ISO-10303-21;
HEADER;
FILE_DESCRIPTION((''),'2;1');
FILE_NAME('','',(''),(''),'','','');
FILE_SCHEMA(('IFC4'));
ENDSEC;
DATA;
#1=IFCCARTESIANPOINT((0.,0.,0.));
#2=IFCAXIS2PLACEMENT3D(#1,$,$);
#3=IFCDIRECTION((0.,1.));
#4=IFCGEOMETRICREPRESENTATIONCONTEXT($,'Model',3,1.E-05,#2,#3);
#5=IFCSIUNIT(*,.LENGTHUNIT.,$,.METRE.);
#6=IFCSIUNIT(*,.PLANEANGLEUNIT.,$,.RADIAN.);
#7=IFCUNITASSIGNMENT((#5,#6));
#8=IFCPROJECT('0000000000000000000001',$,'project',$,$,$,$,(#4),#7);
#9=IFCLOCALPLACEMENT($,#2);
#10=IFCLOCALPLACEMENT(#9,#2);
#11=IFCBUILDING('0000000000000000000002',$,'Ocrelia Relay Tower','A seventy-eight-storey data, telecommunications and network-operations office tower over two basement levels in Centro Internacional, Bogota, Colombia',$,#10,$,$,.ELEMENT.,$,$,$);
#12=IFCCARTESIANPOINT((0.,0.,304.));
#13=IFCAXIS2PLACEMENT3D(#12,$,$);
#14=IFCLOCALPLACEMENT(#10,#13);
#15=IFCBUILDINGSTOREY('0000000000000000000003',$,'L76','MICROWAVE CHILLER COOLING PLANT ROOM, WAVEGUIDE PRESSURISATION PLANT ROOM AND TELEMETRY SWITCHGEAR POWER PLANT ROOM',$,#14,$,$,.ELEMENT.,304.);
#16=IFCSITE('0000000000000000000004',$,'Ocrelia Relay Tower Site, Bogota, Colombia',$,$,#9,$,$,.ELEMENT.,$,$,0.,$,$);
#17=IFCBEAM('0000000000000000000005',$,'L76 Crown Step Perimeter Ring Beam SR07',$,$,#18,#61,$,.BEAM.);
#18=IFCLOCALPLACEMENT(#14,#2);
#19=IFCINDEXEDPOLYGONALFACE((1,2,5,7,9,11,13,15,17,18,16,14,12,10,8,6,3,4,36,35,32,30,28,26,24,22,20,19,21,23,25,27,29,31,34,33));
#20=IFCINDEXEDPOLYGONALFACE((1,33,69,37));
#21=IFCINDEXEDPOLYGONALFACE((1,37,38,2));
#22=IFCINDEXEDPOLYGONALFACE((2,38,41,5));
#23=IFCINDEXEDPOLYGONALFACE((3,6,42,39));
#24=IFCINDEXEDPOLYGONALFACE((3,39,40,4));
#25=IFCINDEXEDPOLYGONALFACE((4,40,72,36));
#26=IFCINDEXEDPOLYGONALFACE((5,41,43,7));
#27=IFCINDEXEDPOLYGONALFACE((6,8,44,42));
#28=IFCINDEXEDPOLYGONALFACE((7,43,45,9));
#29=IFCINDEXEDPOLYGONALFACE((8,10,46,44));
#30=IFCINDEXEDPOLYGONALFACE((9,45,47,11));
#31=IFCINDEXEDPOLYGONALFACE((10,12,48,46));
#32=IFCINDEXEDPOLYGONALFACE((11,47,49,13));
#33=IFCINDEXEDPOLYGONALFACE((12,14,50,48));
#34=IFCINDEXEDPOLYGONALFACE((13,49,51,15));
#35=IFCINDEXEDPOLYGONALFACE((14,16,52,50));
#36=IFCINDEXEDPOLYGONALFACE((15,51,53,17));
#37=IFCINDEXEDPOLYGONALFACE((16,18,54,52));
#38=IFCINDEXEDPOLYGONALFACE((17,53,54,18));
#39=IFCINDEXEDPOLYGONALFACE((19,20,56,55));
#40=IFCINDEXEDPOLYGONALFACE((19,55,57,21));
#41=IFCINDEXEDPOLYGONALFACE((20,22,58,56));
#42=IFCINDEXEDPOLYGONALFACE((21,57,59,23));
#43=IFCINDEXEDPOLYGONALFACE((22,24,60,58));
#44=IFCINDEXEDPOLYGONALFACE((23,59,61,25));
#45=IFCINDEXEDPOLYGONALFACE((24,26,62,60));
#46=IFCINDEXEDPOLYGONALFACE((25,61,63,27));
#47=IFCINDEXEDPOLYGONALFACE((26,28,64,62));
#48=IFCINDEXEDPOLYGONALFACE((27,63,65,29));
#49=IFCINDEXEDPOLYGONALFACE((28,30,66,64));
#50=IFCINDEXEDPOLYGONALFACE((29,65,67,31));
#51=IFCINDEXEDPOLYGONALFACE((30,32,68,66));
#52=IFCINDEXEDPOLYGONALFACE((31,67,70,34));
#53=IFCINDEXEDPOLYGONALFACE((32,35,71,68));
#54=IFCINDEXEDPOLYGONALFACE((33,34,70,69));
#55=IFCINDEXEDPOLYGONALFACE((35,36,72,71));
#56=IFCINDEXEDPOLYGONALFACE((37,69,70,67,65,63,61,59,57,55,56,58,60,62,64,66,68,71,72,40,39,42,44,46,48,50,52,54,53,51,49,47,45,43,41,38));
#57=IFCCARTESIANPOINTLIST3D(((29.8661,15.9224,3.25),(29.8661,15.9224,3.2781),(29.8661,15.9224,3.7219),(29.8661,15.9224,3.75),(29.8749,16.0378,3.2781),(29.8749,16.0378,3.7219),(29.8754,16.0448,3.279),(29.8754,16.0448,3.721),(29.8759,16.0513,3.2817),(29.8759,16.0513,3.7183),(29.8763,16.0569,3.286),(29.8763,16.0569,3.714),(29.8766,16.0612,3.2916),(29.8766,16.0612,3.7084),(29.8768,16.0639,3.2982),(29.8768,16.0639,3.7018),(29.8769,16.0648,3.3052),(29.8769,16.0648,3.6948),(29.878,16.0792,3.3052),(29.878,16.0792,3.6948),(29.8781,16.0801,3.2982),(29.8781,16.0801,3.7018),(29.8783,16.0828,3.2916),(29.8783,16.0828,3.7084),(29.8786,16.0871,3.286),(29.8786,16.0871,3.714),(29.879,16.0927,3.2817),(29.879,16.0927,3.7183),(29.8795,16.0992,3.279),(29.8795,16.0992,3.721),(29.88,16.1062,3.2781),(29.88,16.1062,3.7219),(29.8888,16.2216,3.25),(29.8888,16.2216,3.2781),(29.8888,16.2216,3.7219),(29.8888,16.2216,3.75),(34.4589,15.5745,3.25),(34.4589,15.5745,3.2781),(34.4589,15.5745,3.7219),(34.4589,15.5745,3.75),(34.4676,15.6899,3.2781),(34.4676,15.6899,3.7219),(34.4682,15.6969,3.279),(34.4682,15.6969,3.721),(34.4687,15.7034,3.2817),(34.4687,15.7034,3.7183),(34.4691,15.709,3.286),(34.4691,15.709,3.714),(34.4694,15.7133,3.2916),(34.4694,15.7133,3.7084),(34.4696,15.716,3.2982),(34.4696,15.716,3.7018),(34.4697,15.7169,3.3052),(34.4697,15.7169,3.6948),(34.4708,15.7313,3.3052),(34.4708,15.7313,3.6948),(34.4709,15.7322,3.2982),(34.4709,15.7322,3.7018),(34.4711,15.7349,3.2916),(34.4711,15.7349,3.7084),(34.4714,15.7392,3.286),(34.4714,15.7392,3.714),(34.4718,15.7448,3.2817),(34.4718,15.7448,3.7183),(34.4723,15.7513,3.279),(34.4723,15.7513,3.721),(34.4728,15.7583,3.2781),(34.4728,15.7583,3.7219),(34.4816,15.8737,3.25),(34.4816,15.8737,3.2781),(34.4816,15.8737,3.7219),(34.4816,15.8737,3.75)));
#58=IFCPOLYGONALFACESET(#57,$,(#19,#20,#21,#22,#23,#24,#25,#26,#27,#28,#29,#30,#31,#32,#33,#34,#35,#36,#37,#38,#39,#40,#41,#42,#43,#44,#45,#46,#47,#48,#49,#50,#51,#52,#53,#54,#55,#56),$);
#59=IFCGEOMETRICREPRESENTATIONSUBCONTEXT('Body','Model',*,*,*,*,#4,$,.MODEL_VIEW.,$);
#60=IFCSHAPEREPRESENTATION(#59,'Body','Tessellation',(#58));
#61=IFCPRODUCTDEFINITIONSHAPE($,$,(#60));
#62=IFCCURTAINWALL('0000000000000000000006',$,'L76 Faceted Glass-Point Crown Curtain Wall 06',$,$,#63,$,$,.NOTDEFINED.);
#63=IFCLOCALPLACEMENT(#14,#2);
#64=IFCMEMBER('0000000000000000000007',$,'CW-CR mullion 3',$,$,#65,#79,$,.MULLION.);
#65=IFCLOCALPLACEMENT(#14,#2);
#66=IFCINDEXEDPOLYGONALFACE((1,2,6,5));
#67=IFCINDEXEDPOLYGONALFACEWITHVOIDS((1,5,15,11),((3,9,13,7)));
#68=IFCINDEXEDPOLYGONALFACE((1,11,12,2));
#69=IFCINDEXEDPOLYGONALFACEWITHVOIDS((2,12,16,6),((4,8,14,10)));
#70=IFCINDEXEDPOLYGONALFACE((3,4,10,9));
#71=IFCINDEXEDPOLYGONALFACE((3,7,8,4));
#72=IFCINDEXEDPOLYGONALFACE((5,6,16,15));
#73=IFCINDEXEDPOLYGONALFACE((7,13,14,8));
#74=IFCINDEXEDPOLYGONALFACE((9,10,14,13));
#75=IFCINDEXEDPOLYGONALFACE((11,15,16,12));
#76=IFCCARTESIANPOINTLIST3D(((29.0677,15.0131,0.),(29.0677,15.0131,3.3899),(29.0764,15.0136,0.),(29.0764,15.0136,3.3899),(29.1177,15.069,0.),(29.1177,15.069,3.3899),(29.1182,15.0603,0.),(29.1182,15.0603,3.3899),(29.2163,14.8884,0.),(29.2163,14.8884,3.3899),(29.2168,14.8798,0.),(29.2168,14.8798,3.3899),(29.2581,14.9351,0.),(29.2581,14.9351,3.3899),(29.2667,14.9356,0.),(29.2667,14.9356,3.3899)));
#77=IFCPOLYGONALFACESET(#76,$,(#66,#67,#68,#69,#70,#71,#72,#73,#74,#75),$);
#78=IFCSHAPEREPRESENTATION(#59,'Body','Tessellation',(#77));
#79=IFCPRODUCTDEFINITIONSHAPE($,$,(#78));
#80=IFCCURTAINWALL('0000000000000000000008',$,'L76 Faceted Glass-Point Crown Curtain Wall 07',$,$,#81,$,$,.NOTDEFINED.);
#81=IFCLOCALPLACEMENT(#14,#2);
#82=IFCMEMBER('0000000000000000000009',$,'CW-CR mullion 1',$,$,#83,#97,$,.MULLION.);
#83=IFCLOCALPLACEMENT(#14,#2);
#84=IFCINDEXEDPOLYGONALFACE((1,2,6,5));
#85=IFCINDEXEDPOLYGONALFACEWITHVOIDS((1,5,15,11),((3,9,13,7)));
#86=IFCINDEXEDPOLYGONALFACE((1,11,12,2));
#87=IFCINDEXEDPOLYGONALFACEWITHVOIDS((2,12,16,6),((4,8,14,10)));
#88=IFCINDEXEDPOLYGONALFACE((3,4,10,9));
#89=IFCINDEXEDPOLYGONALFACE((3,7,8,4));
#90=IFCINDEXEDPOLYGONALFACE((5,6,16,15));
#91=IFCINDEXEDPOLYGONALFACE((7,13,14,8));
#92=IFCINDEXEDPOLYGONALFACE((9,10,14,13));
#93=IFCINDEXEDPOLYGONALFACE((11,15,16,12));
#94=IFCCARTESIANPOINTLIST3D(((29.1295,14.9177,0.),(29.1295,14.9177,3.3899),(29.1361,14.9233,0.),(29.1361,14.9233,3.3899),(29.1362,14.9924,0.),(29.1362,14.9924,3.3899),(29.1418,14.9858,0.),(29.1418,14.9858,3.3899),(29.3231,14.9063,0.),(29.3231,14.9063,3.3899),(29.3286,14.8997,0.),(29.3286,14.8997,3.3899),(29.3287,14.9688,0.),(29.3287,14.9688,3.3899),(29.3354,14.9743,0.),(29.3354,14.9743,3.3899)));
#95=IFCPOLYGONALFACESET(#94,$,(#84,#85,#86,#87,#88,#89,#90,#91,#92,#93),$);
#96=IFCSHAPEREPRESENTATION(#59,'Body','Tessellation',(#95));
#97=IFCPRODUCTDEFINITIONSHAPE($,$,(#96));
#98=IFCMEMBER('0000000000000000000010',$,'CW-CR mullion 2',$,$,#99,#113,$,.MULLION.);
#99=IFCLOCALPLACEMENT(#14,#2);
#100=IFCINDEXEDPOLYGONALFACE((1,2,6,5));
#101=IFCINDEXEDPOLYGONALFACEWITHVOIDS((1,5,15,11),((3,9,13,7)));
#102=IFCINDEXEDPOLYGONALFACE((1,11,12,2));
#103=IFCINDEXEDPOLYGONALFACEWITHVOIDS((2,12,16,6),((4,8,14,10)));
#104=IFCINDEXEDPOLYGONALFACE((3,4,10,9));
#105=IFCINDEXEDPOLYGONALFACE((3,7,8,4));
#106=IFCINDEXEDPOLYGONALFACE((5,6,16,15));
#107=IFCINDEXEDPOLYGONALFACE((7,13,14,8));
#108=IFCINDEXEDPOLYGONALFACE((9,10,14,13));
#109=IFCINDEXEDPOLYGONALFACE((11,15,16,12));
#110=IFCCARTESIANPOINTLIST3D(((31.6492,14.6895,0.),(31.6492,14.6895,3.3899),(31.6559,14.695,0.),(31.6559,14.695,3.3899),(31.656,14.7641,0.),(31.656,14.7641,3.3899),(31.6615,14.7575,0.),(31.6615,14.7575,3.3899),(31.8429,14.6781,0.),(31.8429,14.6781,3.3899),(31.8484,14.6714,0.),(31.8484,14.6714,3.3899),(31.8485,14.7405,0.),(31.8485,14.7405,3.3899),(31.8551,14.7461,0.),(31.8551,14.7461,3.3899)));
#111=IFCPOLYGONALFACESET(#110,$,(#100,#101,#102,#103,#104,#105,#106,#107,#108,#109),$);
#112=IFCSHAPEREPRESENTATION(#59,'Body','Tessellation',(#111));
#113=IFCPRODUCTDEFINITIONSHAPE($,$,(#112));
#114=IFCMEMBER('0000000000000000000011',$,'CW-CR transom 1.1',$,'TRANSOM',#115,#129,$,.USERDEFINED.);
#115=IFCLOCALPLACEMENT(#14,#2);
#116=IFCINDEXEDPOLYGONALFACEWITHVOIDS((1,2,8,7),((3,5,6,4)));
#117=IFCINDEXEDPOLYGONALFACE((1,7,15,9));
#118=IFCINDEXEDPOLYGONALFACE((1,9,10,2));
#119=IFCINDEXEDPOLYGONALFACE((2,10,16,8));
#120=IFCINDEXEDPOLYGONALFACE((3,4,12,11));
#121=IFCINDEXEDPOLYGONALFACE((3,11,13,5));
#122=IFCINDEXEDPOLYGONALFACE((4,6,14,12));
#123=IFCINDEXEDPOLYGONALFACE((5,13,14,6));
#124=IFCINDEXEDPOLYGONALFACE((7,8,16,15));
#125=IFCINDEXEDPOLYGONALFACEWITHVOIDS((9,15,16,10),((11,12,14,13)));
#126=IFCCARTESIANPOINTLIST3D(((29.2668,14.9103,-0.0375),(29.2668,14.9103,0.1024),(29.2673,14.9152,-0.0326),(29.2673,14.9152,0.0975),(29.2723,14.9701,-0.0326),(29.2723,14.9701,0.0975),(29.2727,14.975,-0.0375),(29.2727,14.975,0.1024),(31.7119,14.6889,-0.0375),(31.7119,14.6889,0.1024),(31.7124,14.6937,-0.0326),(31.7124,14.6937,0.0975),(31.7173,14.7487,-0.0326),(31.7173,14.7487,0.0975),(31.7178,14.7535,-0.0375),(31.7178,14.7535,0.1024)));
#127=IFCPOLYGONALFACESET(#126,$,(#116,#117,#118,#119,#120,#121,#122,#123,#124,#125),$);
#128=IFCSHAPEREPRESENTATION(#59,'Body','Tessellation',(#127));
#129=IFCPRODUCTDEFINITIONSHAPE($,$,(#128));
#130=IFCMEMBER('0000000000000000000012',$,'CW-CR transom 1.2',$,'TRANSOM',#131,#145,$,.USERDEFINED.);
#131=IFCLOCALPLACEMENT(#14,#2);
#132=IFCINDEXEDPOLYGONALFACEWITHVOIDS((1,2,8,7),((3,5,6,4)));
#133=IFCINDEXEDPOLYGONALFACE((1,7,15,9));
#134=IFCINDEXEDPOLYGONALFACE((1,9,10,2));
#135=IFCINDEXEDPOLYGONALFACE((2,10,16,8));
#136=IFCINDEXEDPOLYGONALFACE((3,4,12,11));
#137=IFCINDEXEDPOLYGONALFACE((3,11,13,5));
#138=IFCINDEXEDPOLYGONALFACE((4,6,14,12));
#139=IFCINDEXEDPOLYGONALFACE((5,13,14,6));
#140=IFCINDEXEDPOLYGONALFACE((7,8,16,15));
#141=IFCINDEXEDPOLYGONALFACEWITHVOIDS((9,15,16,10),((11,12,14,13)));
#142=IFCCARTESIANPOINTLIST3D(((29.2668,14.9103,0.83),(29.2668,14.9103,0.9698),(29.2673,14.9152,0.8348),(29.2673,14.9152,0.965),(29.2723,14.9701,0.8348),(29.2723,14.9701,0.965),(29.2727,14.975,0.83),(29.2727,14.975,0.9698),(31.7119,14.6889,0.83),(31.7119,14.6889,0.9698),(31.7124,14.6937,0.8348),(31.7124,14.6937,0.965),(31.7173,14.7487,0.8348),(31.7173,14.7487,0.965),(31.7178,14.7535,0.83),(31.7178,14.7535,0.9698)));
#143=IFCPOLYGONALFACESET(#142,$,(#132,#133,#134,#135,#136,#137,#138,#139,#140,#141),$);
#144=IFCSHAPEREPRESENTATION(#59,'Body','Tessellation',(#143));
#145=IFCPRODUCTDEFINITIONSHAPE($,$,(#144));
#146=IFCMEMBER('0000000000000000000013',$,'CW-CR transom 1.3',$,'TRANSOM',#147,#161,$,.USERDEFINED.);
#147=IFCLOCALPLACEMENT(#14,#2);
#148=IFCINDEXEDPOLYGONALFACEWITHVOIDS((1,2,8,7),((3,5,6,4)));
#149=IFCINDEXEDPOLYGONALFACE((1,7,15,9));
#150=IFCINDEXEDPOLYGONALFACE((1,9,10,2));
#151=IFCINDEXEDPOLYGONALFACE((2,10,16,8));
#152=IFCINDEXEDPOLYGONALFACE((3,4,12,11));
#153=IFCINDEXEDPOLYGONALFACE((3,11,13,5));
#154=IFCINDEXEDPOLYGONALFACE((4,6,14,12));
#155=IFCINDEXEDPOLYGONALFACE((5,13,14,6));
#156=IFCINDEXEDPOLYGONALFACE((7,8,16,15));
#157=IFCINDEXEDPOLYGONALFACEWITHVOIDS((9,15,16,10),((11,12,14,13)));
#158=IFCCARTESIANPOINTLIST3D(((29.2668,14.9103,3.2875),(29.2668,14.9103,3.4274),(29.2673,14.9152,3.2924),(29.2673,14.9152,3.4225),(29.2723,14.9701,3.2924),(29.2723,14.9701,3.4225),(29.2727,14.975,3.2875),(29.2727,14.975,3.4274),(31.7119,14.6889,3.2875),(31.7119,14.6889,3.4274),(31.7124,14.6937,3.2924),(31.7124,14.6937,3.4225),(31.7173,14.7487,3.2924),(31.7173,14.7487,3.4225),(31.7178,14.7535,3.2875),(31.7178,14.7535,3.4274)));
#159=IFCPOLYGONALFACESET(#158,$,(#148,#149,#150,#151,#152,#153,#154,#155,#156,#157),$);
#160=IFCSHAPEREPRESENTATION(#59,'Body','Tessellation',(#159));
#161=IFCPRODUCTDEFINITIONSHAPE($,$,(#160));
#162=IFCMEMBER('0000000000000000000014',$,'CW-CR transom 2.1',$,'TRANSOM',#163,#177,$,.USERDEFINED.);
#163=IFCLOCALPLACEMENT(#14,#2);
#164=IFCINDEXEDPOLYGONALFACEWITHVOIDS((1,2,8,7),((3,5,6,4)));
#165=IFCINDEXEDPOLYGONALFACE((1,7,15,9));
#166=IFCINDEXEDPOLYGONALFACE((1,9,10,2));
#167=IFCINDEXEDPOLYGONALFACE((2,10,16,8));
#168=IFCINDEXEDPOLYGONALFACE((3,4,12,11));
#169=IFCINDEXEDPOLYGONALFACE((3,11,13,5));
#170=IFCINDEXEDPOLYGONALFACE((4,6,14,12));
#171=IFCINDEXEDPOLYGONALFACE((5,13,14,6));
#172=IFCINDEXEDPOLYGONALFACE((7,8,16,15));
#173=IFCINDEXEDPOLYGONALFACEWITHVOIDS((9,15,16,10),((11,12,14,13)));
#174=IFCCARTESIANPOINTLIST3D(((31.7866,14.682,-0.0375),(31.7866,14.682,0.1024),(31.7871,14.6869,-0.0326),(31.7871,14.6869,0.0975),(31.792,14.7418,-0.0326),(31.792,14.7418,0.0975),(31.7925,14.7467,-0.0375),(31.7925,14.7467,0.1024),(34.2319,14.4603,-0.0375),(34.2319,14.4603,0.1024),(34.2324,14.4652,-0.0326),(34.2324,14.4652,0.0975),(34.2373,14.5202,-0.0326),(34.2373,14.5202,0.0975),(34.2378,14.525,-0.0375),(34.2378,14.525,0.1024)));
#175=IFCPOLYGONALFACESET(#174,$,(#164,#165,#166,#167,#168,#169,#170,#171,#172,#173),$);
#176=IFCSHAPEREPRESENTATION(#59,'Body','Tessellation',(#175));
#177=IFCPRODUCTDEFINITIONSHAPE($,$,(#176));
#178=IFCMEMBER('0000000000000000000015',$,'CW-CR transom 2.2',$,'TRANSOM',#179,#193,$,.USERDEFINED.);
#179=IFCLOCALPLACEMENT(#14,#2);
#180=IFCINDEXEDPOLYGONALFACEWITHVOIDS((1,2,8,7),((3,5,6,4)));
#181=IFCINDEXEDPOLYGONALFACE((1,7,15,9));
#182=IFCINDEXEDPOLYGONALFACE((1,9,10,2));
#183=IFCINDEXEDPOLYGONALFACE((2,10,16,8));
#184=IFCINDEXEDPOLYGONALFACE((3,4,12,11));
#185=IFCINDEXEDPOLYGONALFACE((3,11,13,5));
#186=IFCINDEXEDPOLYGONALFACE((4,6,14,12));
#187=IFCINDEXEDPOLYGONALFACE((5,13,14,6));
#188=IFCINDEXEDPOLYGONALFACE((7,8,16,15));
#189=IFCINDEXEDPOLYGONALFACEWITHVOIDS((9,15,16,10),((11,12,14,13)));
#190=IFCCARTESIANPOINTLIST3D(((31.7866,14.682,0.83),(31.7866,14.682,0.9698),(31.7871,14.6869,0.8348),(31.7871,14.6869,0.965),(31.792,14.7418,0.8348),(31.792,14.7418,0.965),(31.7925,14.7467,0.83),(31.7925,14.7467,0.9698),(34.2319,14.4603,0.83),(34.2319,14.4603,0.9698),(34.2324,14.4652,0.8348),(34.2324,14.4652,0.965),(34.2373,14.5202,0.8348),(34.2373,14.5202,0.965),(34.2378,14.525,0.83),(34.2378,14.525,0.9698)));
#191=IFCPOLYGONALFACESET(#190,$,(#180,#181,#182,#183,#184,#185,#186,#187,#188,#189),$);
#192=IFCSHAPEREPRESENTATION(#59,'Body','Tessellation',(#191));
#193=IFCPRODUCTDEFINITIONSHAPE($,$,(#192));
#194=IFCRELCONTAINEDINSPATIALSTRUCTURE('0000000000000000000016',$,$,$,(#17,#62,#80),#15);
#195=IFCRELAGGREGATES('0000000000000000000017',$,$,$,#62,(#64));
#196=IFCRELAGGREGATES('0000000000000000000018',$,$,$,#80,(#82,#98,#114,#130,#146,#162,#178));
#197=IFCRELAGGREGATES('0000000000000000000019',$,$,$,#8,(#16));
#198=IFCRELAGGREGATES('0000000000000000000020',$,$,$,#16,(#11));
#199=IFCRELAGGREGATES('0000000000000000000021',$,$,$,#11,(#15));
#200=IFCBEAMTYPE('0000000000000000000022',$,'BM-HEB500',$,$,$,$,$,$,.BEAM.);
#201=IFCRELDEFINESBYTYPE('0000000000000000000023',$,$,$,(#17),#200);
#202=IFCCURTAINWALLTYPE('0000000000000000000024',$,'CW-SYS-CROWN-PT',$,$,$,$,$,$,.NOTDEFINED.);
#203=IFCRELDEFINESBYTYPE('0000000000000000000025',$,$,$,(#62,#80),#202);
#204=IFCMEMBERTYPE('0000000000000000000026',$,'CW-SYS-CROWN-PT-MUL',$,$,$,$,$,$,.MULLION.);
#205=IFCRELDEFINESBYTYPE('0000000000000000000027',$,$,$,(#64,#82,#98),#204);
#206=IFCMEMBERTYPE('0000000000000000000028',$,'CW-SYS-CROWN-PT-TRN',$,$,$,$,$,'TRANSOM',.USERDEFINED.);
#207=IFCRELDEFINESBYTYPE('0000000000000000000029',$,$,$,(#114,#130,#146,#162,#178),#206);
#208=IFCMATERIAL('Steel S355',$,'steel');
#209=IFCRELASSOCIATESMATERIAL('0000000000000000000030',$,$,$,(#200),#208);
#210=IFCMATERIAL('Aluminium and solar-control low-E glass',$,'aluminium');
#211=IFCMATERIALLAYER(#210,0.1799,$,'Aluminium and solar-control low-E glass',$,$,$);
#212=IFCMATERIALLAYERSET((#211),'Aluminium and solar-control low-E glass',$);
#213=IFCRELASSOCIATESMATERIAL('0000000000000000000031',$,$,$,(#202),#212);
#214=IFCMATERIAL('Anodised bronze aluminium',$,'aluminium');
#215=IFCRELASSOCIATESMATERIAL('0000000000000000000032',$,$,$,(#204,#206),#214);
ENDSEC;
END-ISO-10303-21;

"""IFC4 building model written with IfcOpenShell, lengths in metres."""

from ifc_helpers import new_model, si_unit, direction, frame, origin, origin_2d, place, context, subcontext, project, spatial, hollow_rectangle, i_section, extrude, material, layer, layer_set, material_profile, profile_set, type_object, element, aggregate, save


model = new_model("IFC4")

# Units and contexts
model_context = context("Model", 3, precision=1e-05, world=origin(), true_north=direction((0.0, 1.0)))
body_context = subcontext(model_context, "Body", "Model", "MODEL_VIEW")
ifc_project = project(units=[si_unit("LENGTHUNIT", "METRE"), si_unit("PLANEANGLEUNIT", "RADIAN")], contexts=[model_context])

# Site, building, storey
site_placement = place(None, origin())
site = spatial("IfcSite", under=ifc_project, at=site_placement, Name="Ocrelia Relay Tower Site, Bogota, Colombia", CompositionType="ELEMENT", RefElevation=0.0)
building_placement = place(site_placement, origin())
building = spatial("IfcBuilding", under=site, at=building_placement, Name="Ocrelia Relay Tower", Description="A seventy-eight-storey data, telecommunications and network-operations office tower over two basement levels in Centro Internacional, Bogota, Colombia", CompositionType="ELEMENT")
storey_placement = place(building_placement, frame((0.0, 0.0, 304.0)))
storey = spatial("IfcBuildingStorey", under=building, at=storey_placement, Name="L76", Description="MICROWAVE CHILLER COOLING PLANT ROOM, WAVEGUIDE PRESSURISATION PLANT ROOM AND TELEMETRY SWITCHGEAR POWER PLANT ROOM", CompositionType="ELEMENT", Elevation=304.0)

# Beam
ifc_material_1 = material(Name="Steel S355", Category="steel")
ifc_material_profile_1 = material_profile(ifc_material_1, i_section(OverallWidth=0.3, OverallDepth=0.5, WebThickness=0.0144, FlangeThickness=0.0281, FilletRadius=0.0271, at=origin_2d()), Name="HEB 500")
ifc_profile_set_1 = profile_set([ifc_material_profile_1], Name="Steel S355")
beam_type_1 = type_object("IfcBeamType", Name="BM-HEB500", PredefinedType="BEAM", material=ifc_profile_set_1)
beam_1_placement = place(storey_placement, frame((29.8774, 16.072, 3.5), z_axis=(0.997143, -0.075533, 0.0), x_axis=(0.075533, 0.997143, 0.0)))
element("IfcBeam", 1, at=beam_1_placement, inside=storey, type_object=beam_type_1, Name="L76 Crown Step Perimeter Ring Beam SR07", PredefinedType="BEAM", context=body_context, shape_type="SweptSolid", body=[
    extrude(i_section(OverallWidth=0.3, OverallDepth=0.5, WebThickness=0.0144, FlangeThickness=0.0281, FilletRadius=0.0271, at=origin_2d()), origin(), (0.0, 0.0, 1.0), 4.606),
])

# Curtain wall, member
ifc_material_2 = material(Name="Aluminium and solar-control low-E glass", Category="aluminium")
ifc_layer_1 = layer(ifc_material_2, 0.1799, Name="Aluminium and solar-control low-E glass")
ifc_layer_set_1 = layer_set([ifc_layer_1], Name="Aluminium and solar-control low-E glass")
curtain_wall_type = type_object("IfcCurtainWallType", Name="CW-SYS-CROWN-PT", PredefinedType="NOTDEFINED", material=ifc_layer_set_1)
curtain_wall_1_placement = place(storey_placement, origin())
curtain_wall_1 = element("IfcCurtainWall", 2, at=curtain_wall_1_placement, inside=storey, type_object=curtain_wall_type, Name="L76 Faceted Glass-Point Crown Curtain Wall 06", PredefinedType="NOTDEFINED")
ifc_material_3 = material(Name="Anodised bronze aluminium", Category="aluminium")
ifc_material_profile_2 = material_profile(ifc_material_3, hollow_rectangle(XDim=0.075, YDim=0.2, WallThickness=0.0061, at=origin_2d()), Name="CW-MUL-200x75")
ifc_profile_set_2 = profile_set([ifc_material_profile_2], Name="Anodised bronze aluminium")
member_type_1 = type_object("IfcMemberType", Name="CW-SYS-CROWN-PT-MUL", PredefinedType="MULLION", material=ifc_profile_set_2)
member_1_placement = place(storey_placement, frame((29.1672, 14.9744, 0.0), z_axis=(0.0, 0.0, 1.0), x_axis=(0.666821, 0.745218, 0.0)))
member_1 = element("IfcMember", 3, at=member_1_placement, type_object=member_type_1, Name="CW-CR mullion 3", PredefinedType="MULLION", context=body_context, shape_type="SweptSolid", body=[
    extrude(hollow_rectangle(XDim=0.075, YDim=0.2, WallThickness=0.0061, at=origin_2d()), origin(), (0.0, 0.0, 1.0), 3.3899),
])

# Curtain wall, members
curtain_wall_2_placement = place(storey_placement, origin())
curtain_wall_2 = element("IfcCurtainWall", 4, at=curtain_wall_2_placement, inside=storey, type_object=curtain_wall_type, Name="L76 Faceted Glass-Point Crown Curtain Wall 07", PredefinedType="NOTDEFINED")
member_2_placement = place(storey_placement, frame((29.2324, 14.946, 0.0), z_axis=(0.0, 0.0, 1.0), x_axis=(0.090237, 0.99592, 0.0)))
member_2 = element("IfcMember", 5, at=member_2_placement, type_object=member_type_1, Name="CW-CR mullion 1", PredefinedType="MULLION", context=body_context, shape_type="SweptSolid", body=[
    extrude(hollow_rectangle(XDim=0.075, YDim=0.2, WallThickness=0.0061, at=origin_2d()), origin(), (0.0, 0.0, 1.0), 3.3899),
])
member_3_placement = place(storey_placement, frame((31.7522, 14.7178, 0.0), z_axis=(0.0, 0.0, 1.0), x_axis=(0.090237, 0.99592, 0.0)))
member_3 = element("IfcMember", 6, at=member_3_placement, type_object=member_type_1, Name="CW-CR mullion 2", PredefinedType="MULLION", context=body_context, shape_type="SweptSolid", body=[
    extrude(hollow_rectangle(XDim=0.075, YDim=0.2, WallThickness=0.0061, at=origin_2d()), origin(), (0.0, 0.0, 1.0), 3.3899),
])
ifc_material_profile_3 = material_profile(ifc_material_3, hollow_rectangle(XDim=0.0649, YDim=0.1399, WallThickness=0.0049, at=origin_2d()), Name="CW-TRN-140x65")
ifc_profile_set_3 = profile_set([ifc_material_profile_3], Name="Anodised bronze aluminium")
member_type_2 = type_object("IfcMemberType", Name="CW-SYS-CROWN-PT-TRN", ElementType="TRANSOM", PredefinedType="USERDEFINED", material=ifc_profile_set_3)
member_4_placement = place(storey_placement, frame((29.2698, 14.9426, 0.0325), z_axis=(0.995924, -0.090195, 0.0), x_axis=(0.090195, 0.995924, 0.0)))
member_4 = element("IfcMember", 7, at=member_4_placement, type_object=member_type_2, Name="CW-CR transom 1.1", ObjectType="TRANSOM", PredefinedType="USERDEFINED", context=body_context, shape_type="SweptSolid", body=[
    extrude(hollow_rectangle(XDim=0.0649, YDim=0.1399, WallThickness=0.0049, at=origin_2d()), origin(), (0.0, 0.0, 1.0), 2.4551),
])
member_5_placement = place(storey_placement, frame((29.2698, 14.9426, 0.8999), z_axis=(0.995924, -0.090195, 0.0), x_axis=(0.090195, 0.995924, 0.0)))
member_5 = element("IfcMember", 8, at=member_5_placement, type_object=member_type_2, Name="CW-CR transom 1.2", ObjectType="TRANSOM", PredefinedType="USERDEFINED", context=body_context, shape_type="SweptSolid", body=[
    extrude(hollow_rectangle(XDim=0.0649, YDim=0.1399, WallThickness=0.0049, at=origin_2d()), origin(), (0.0, 0.0, 1.0), 2.4551),
])
member_6_placement = place(storey_placement, frame((29.2698, 14.9426, 3.3574), z_axis=(0.995924, -0.090195, 0.0), x_axis=(0.090195, 0.995924, 0.0)))
member_6 = element("IfcMember", 9, at=member_6_placement, type_object=member_type_2, Name="CW-CR transom 1.3", ObjectType="TRANSOM", PredefinedType="USERDEFINED", context=body_context, shape_type="SweptSolid", body=[
    extrude(hollow_rectangle(XDim=0.0649, YDim=0.1399, WallThickness=0.0049, at=origin_2d()), origin(), (0.0, 0.0, 1.0), 2.4551),
])
member_7_placement = place(storey_placement, frame((31.7896, 14.7144, 0.0325), z_axis=(0.995916, -0.090285, 0.0), x_axis=(0.090285, 0.995916, 0.0)))
member_7 = element("IfcMember", 10, at=member_7_placement, type_object=member_type_2, Name="CW-CR transom 2.1", ObjectType="TRANSOM", PredefinedType="USERDEFINED", context=body_context, shape_type="SweptSolid", body=[
    extrude(hollow_rectangle(XDim=0.0649, YDim=0.1399, WallThickness=0.0049, at=origin_2d()), origin(), (0.0, 0.0, 1.0), 2.4553),
])
member_8_placement = place(storey_placement, frame((31.7896, 14.7144, 0.8999), z_axis=(0.995916, -0.090285, 0.0), x_axis=(0.090285, 0.995916, 0.0)))
member_8 = element("IfcMember", 11, at=member_8_placement, type_object=member_type_2, Name="CW-CR transom 2.2", ObjectType="TRANSOM", PredefinedType="USERDEFINED", context=body_context, shape_type="SweptSolid", body=[
    extrude(hollow_rectangle(XDim=0.0649, YDim=0.1399, WallThickness=0.0049, at=origin_2d()), origin(), (0.0, 0.0, 1.0), 2.4553),
])

aggregate(curtain_wall_1, [member_1])
aggregate(curtain_wall_2, [member_2, member_3, member_4, member_5, member_6, member_7, member_8])

save(model, "model.ifc")
